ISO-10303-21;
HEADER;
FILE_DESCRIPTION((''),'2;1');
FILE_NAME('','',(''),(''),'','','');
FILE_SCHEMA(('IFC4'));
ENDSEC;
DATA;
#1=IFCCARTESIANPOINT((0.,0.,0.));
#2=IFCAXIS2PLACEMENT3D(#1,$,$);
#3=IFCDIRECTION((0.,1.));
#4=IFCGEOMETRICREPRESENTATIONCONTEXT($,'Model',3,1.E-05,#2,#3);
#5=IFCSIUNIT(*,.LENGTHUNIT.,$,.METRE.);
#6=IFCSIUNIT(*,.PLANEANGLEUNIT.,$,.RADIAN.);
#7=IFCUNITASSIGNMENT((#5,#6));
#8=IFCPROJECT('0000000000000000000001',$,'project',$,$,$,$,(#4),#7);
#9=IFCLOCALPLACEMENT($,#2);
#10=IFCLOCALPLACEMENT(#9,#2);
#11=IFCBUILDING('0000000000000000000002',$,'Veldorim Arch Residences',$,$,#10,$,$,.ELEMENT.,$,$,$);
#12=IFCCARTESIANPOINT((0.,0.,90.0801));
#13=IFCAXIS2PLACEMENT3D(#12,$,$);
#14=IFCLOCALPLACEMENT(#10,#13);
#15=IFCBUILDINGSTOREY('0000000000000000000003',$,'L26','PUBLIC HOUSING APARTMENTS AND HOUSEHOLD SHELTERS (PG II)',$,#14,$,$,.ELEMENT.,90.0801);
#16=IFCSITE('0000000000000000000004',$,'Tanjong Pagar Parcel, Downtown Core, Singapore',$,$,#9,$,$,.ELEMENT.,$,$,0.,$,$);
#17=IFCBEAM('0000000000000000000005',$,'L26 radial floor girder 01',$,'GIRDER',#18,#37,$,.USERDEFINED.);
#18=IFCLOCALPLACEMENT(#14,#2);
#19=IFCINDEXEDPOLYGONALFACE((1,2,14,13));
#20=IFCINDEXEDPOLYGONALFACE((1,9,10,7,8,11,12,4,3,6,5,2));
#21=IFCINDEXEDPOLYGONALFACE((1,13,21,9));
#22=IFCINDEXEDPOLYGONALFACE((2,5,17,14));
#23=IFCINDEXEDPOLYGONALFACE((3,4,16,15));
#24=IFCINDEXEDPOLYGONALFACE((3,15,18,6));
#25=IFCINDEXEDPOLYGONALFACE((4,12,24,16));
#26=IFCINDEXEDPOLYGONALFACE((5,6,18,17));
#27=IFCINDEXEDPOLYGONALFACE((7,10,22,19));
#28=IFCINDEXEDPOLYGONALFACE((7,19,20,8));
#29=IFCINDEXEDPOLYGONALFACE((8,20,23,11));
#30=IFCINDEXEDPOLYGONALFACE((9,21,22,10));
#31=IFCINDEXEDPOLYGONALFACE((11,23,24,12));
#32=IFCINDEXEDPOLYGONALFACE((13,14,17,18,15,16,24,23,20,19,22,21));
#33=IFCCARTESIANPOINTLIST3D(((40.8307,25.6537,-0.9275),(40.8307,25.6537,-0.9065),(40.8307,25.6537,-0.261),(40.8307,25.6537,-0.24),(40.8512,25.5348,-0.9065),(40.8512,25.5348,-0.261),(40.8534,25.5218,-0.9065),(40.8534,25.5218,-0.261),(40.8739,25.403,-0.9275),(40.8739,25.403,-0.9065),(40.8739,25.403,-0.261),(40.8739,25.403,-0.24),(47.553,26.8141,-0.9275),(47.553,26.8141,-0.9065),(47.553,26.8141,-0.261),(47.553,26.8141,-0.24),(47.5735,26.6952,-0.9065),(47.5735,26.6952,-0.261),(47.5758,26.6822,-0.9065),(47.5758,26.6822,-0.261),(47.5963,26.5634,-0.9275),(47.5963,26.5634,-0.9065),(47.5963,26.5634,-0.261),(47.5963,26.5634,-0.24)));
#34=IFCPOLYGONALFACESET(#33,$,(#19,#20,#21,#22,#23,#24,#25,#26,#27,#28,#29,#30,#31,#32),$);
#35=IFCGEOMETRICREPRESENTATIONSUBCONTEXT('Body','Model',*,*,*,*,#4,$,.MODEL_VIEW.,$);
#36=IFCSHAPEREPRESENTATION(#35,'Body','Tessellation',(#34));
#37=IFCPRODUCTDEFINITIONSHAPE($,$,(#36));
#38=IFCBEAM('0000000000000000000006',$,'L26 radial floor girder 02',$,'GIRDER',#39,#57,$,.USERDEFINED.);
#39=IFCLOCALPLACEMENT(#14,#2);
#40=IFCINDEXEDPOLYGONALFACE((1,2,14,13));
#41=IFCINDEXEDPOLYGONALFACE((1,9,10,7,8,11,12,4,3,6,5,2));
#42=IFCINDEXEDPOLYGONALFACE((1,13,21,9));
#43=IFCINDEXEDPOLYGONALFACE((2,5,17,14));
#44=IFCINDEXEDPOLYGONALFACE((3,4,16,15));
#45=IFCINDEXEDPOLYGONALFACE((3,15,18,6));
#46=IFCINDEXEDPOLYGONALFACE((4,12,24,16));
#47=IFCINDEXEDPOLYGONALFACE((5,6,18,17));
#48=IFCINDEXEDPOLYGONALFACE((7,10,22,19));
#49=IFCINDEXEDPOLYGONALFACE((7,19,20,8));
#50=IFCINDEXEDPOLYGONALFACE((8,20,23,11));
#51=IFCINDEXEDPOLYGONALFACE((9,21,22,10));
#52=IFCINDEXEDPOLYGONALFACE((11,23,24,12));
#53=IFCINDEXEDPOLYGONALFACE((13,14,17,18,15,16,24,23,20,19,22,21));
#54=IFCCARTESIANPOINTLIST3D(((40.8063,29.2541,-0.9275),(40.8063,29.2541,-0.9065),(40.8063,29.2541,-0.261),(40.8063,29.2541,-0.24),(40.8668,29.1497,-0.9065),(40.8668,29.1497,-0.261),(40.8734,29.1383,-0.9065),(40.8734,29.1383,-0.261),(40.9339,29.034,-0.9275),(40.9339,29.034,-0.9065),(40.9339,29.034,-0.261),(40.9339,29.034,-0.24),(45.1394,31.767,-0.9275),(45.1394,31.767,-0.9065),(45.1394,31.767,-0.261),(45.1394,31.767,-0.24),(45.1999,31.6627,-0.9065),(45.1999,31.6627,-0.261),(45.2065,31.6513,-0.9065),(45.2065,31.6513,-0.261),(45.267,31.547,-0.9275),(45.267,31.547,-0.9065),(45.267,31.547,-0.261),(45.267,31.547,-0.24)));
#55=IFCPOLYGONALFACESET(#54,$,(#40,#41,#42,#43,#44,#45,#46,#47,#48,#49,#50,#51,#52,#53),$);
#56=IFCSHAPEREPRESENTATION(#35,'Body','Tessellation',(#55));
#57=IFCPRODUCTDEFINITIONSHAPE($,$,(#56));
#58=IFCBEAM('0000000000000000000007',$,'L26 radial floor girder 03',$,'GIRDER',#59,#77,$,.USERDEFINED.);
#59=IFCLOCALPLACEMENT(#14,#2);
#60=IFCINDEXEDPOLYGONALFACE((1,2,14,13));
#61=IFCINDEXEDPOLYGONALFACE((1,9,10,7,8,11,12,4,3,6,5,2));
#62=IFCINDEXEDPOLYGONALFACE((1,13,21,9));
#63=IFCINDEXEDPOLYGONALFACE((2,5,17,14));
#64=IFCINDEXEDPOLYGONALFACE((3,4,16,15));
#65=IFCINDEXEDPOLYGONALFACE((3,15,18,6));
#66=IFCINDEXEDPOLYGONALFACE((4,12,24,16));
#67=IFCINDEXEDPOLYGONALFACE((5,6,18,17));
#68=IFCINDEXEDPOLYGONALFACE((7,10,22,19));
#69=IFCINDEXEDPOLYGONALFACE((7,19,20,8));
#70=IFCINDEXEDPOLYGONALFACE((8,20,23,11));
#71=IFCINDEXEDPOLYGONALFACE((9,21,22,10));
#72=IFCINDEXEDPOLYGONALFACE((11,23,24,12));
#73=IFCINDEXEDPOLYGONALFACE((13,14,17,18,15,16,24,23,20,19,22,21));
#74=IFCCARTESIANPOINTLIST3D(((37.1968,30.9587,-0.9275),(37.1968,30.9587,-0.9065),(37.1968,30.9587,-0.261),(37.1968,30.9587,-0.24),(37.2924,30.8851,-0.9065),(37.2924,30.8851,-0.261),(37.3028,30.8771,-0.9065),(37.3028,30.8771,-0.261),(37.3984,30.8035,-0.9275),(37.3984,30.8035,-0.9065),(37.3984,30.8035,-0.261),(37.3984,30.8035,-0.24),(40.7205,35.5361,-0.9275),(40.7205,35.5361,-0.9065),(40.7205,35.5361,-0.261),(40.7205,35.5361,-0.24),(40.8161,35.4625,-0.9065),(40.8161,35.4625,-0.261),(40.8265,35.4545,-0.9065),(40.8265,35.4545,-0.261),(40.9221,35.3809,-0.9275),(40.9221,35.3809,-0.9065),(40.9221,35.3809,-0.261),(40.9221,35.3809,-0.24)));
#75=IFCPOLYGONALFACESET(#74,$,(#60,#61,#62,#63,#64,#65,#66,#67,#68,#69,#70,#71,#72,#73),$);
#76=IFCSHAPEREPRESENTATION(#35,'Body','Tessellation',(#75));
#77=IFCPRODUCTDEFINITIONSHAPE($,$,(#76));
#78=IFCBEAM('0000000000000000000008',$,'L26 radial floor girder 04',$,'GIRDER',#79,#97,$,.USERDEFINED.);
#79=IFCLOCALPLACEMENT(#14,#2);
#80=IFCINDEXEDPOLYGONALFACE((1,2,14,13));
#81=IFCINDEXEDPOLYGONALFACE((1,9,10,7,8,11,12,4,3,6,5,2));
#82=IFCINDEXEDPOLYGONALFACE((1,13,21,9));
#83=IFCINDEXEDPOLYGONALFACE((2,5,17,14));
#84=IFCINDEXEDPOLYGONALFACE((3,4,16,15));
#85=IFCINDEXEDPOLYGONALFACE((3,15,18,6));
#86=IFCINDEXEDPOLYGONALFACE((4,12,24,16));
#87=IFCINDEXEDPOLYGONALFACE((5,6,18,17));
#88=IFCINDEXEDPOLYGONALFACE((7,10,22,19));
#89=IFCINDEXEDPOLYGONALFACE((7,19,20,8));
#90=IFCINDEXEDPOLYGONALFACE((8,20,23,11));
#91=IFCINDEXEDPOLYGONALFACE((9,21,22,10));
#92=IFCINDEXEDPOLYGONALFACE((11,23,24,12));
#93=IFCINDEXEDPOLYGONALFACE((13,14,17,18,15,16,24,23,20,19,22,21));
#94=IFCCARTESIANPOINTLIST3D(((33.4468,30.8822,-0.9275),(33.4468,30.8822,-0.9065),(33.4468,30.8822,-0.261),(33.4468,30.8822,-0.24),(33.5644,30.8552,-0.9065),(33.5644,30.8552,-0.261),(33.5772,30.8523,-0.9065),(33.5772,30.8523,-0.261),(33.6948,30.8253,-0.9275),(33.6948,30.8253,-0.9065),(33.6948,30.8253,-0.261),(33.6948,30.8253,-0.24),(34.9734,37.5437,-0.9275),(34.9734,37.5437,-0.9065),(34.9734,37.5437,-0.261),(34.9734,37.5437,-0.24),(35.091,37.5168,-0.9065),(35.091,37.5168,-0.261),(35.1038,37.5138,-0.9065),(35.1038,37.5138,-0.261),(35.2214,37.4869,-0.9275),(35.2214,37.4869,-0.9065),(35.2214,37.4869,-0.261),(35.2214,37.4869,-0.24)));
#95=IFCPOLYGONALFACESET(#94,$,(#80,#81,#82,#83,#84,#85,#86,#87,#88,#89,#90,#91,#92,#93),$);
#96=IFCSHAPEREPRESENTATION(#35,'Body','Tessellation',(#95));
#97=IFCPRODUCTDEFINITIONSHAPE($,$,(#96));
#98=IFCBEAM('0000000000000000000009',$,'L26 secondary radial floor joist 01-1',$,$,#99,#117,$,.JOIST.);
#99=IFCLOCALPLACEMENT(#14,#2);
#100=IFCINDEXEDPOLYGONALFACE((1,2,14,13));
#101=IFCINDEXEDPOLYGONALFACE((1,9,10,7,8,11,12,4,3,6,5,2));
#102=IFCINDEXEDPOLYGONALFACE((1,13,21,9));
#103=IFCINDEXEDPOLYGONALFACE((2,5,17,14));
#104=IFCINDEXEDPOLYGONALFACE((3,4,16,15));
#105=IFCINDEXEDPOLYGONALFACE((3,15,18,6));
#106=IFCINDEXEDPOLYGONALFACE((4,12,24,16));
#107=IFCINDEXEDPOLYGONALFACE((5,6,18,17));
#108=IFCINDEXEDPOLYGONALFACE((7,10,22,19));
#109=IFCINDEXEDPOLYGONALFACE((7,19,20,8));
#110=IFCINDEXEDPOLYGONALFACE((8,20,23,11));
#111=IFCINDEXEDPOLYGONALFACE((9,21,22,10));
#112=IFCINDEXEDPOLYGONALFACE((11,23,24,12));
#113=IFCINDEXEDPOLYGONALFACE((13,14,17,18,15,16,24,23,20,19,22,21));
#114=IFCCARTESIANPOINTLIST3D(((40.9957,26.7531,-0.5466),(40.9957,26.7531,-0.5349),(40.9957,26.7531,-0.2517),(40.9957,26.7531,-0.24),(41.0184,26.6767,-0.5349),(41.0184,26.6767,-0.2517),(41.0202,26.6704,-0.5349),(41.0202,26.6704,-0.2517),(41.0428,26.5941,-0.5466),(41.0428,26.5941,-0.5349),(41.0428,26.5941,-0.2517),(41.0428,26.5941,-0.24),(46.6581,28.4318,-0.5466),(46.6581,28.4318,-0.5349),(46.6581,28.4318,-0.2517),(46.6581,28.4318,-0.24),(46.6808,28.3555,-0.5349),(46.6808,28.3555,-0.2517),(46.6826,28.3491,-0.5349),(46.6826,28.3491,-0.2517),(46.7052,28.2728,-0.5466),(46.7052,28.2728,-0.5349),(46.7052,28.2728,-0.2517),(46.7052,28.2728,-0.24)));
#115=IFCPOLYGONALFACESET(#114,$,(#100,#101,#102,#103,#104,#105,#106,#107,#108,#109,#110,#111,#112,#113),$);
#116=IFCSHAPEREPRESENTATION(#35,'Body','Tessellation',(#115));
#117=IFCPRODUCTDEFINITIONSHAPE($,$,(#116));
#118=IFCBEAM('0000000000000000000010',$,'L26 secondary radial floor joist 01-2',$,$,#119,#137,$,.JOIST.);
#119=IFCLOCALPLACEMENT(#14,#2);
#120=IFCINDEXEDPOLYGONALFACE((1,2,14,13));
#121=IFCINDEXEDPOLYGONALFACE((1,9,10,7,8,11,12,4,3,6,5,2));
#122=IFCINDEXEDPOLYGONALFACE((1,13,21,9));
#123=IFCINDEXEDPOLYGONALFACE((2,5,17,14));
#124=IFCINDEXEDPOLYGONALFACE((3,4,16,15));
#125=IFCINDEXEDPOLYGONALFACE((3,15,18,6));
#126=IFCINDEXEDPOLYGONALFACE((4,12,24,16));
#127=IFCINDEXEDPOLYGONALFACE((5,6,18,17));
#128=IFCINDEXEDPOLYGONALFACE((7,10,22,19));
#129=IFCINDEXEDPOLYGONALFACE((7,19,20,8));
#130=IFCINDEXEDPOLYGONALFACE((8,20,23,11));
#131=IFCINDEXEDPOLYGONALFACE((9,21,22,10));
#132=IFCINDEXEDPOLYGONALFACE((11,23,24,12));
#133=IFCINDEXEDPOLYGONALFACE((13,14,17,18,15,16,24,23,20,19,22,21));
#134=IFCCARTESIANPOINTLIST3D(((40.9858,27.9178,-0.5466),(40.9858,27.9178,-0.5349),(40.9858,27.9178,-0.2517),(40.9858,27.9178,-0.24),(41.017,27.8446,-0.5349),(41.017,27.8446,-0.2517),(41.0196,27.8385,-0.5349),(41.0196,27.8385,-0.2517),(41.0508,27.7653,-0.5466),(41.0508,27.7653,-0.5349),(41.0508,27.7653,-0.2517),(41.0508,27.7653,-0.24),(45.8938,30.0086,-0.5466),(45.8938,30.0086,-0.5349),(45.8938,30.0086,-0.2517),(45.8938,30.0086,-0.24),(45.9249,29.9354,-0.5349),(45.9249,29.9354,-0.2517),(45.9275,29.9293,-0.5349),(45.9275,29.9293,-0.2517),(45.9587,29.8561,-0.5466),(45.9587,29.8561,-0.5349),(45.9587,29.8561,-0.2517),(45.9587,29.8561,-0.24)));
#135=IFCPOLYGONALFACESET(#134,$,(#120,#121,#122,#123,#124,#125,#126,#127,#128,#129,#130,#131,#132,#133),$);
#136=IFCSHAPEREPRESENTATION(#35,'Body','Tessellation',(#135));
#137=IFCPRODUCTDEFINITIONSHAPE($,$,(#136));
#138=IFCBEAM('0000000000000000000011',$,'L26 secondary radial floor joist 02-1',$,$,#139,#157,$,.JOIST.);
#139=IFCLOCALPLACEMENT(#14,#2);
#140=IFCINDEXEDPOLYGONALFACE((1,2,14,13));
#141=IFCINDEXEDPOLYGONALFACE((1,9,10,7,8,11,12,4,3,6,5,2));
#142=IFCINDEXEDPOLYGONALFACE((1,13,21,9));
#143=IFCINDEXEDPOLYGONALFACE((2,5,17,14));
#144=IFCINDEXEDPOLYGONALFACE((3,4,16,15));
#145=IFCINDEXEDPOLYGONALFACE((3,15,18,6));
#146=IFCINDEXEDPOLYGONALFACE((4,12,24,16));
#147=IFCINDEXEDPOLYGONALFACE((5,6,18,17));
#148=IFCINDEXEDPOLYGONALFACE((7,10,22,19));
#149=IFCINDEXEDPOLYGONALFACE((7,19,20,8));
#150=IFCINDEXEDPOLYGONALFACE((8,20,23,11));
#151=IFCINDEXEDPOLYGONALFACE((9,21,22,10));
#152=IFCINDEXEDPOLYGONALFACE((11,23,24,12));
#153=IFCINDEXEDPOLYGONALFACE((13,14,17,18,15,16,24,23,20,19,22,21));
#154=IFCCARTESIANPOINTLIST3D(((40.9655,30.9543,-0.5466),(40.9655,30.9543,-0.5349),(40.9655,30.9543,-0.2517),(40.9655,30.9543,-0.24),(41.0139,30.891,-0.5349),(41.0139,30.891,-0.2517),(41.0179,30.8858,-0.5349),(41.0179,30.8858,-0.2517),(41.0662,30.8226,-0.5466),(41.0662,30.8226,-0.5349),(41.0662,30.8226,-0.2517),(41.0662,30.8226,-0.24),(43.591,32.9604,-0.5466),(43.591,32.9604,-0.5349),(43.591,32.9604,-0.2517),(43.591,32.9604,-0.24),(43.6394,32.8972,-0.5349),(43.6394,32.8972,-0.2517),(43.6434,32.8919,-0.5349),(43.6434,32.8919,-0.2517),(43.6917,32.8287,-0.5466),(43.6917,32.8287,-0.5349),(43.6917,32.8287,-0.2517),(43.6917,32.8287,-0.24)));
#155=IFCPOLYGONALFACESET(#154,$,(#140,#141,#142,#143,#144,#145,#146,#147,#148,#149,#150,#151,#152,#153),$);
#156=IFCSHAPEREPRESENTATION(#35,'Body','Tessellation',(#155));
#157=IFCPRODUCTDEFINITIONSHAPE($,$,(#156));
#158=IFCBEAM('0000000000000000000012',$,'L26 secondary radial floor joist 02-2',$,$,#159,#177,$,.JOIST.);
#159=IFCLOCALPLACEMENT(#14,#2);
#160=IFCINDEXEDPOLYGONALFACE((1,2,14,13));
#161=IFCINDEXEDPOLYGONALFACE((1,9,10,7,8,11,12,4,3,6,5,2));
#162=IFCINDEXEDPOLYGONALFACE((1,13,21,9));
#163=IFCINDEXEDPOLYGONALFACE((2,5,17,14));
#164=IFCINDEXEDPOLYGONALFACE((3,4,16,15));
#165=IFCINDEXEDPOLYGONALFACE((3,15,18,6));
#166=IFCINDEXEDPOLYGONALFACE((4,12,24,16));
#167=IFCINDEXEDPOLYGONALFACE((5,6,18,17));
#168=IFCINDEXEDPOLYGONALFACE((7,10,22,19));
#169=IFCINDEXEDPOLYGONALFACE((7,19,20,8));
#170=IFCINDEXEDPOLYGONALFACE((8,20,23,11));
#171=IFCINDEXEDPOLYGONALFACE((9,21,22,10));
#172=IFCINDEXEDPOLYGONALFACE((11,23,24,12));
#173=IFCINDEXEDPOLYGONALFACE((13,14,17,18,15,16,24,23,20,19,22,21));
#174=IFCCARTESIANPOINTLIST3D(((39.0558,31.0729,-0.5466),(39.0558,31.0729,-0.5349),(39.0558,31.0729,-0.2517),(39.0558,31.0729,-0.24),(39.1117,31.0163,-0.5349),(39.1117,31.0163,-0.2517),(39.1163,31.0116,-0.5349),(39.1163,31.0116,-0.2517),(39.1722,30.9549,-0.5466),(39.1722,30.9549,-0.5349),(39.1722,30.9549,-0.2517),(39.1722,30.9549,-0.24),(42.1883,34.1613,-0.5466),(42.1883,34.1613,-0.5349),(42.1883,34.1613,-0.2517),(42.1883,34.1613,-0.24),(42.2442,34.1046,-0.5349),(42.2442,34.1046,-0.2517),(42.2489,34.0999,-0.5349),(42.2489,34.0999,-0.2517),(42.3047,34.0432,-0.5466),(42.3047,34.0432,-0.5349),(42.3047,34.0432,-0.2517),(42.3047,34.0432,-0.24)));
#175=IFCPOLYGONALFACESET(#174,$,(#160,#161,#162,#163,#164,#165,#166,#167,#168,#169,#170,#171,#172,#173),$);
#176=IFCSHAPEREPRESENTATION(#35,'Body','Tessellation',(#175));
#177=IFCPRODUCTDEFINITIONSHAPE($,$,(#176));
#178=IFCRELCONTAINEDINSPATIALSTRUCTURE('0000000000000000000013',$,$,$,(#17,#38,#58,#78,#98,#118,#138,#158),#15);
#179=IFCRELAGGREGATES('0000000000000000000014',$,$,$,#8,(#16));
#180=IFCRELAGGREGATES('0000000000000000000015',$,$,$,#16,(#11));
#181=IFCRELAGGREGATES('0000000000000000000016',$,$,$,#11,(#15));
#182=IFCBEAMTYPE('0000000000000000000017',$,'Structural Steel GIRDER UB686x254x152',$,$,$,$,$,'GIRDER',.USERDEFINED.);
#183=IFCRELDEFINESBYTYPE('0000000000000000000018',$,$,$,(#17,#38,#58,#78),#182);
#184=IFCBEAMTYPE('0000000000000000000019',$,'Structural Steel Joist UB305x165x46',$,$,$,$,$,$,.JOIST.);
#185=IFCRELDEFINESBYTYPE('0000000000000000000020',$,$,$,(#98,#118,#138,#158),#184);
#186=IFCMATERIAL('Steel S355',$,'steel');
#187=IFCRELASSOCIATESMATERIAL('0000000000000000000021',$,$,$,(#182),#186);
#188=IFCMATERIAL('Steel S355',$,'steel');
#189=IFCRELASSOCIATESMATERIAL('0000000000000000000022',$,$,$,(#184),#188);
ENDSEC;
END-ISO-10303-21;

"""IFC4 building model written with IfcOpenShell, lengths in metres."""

from ifc_helpers import new_model, si_unit, direction, frame, origin, origin_2d, place, context, subcontext, project, spatial, i_section, extrude, material, material_profile, profile_set, type_object, element, save


model = new_model("IFC4")

# Units and contexts
model_context = context("Model", 3, precision=1e-05, world=origin(), true_north=direction((0.0, 1.0)))
body_context = subcontext(model_context, "Body", "Model", "MODEL_VIEW")
ifc_project = project(units=[si_unit("LENGTHUNIT", "METRE"), si_unit("PLANEANGLEUNIT", "RADIAN")], contexts=[model_context])

# Site, building, storey
site_placement = place(None, origin())
site = spatial("IfcSite", under=ifc_project, at=site_placement, Name="Tanjong Pagar Parcel, Downtown Core, Singapore", CompositionType="ELEMENT", RefElevation=0.0)
building_placement = place(site_placement, origin())
building = spatial("IfcBuilding", under=site, at=building_placement, Name="Veldorim Arch Residences", CompositionType="ELEMENT")
storey_placement = place(building_placement, frame((0.0, 0.0, 90.0801)))
storey = spatial("IfcBuildingStorey", under=building, at=storey_placement, Name="L26", Description="PUBLIC HOUSING APARTMENTS AND HOUSEHOLD SHELTERS (PG II)", CompositionType="ELEMENT", Elevation=90.0801)

# Beams
ifc_material_1 = material(Name="Steel S355", Category="steel")
ifc_material_profile_1 = material_profile(ifc_material_1, i_section(OverallWidth=0.2544, OverallDepth=0.6875, WebThickness=0.0132, FlangeThickness=0.021, at=origin_2d()), Name="UB686x254x152")
ifc_profile_set_1 = profile_set([ifc_material_profile_1], Name="Steel S355")
beam_type_1 = type_object("IfcBeamType", Name="Structural Steel GIRDER UB686x254x152", ElementType="GIRDER", PredefinedType="USERDEFINED", material=ifc_profile_set_1)
beam_1_placement = place(storey_placement, frame((40.8523, 25.5283, -0.5837), z_axis=(0.985427, 0.170101, 0.0), x_axis=(-0.170101, 0.985427, 0.0)))
element("IfcBeam", 1, at=beam_1_placement, inside=storey, type_object=beam_type_1, Name="L26 radial floor girder 01", ObjectType="GIRDER", PredefinedType="USERDEFINED", context=body_context, shape_type="SweptSolid", body=[
    extrude(i_section(OverallWidth=0.2544, OverallDepth=0.6875, WebThickness=0.0132, FlangeThickness=0.021, at=origin_2d()), origin(), (0.0, 0.0, 1.0), 6.8218),
])
beam_2_placement = place(storey_placement, frame((40.8701, 29.144, -0.5837), z_axis=(0.865049, 0.501687, 0.0), x_axis=(-0.501687, 0.865049, 0.0)))
element("IfcBeam", 2, at=beam_2_placement, inside=storey, type_object=beam_type_1, Name="L26 radial floor girder 02", ObjectType="GIRDER", PredefinedType="USERDEFINED", context=body_context, shape_type="SweptSolid", body=[
    extrude(i_section(OverallWidth=0.2544, OverallDepth=0.6875, WebThickness=0.0132, FlangeThickness=0.021, at=origin_2d()), origin(), (0.0, 0.0, 1.0), 5.009),
])
beam_3_placement = place(storey_placement, frame((37.2976, 30.8811, -0.5837), z_axis=(0.609995, 0.792406, 0.0), x_axis=(-0.792406, 0.609995, 0.0)))
element("IfcBeam", 3, at=beam_3_placement, inside=storey, type_object=beam_type_1, Name="L26 radial floor girder 03", ObjectType="GIRDER", PredefinedType="USERDEFINED", context=body_context, shape_type="SweptSolid", body=[
    extrude(i_section(OverallWidth=0.2544, OverallDepth=0.6875, WebThickness=0.0132, FlangeThickness=0.021, at=origin_2d()), origin(), (0.0, 0.0, 1.0), 5.7766),
])
beam_4_placement = place(storey_placement, frame((33.5708, 30.8538, -0.5837), z_axis=(0.223375, 0.974733, 0.0), x_axis=(-0.974733, 0.223375, 0.0)))
element("IfcBeam", 4, at=beam_4_placement, inside=storey, type_object=beam_type_1, Name="L26 radial floor girder 04", ObjectType="GIRDER", PredefinedType="USERDEFINED", context=body_context, shape_type="SweptSolid", body=[
    extrude(i_section(OverallWidth=0.2544, OverallDepth=0.6875, WebThickness=0.0132, FlangeThickness=0.021, at=origin_2d()), origin(), (0.0, 0.0, 1.0), 6.8342),
])
ifc_material_2 = material(Name="Steel S355", Category="steel")
ifc_material_profile_2 = material_profile(ifc_material_2, i_section(OverallWidth=0.1658, OverallDepth=0.3066, WebThickness=0.0066, FlangeThickness=0.0117, at=origin_2d()), Name="UB305x165x46")
ifc_profile_set_2 = profile_set([ifc_material_profile_2], Name="Steel S355")
beam_type_2 = type_object("IfcBeamType", Name="Structural Steel Joist UB305x165x46", PredefinedType="JOIST", material=ifc_profile_set_2)
beam_5_placement = place(storey_placement, frame((41.0193, 26.6736, -0.3933), z_axis=(0.958753, 0.28424, 0.0), x_axis=(-0.28424, 0.958753, 0.0)))
element("IfcBeam", 5, at=beam_5_placement, inside=storey, type_object=beam_type_2, Name="L26 secondary radial floor joist 01-1", PredefinedType="JOIST", context=body_context, shape_type="SweptSolid", body=[
    extrude(i_section(OverallWidth=0.1658, OverallDepth=0.3066, WebThickness=0.0066, FlangeThickness=0.0117, at=origin_2d()), origin(), (0.0, 0.0, 1.0), 5.906),
])
beam_6_placement = place(storey_placement, frame((41.0183, 27.8416, -0.3933), z_axis=(0.919997, 0.391924, 0.0), x_axis=(-0.391924, 0.919997, 0.0)))
element("IfcBeam", 6, at=beam_6_placement, inside=storey, type_object=beam_type_2, Name="L26 secondary radial floor joist 01-2", PredefinedType="JOIST", context=body_context, shape_type="SweptSolid", body=[
    extrude(i_section(OverallWidth=0.1658, OverallDepth=0.3066, WebThickness=0.0066, FlangeThickness=0.0117, at=origin_2d()), origin(), (0.0, 0.0, 1.0), 5.3347),
])
beam_7_placement = place(storey_placement, frame((41.0159, 30.8884, -0.3933), z_axis=(0.794595, 0.60714, 0.0), x_axis=(-0.60714, 0.794595, 0.0)))
element("IfcBeam", 7, at=beam_7_placement, inside=storey, type_object=beam_type_2, Name="L26 secondary radial floor joist 02-1", PredefinedType="JOIST", context=body_context, shape_type="SweptSolid", body=[
    extrude(i_section(OverallWidth=0.1658, OverallDepth=0.3066, WebThickness=0.0066, FlangeThickness=0.0117, at=origin_2d()), origin(), (0.0, 0.0, 1.0), 3.3042),
])
beam_8_placement = place(storey_placement, frame((39.114, 31.0139, -0.3933), z_axis=(0.712112, 0.702066, 0.0), x_axis=(-0.702066, 0.712112, 0.0)))
element("IfcBeam", 8, at=beam_8_placement, inside=storey, type_object=beam_type_2, Name="L26 secondary radial floor joist 02-2", PredefinedType="JOIST", context=body_context, shape_type="SweptSolid", body=[
    extrude(i_section(OverallWidth=0.1658, OverallDepth=0.3066, WebThickness=0.0066, FlangeThickness=0.0117, at=origin_2d()), origin(), (0.0, 0.0, 1.0), 4.3989),
])

save(model, "model.ifc")
